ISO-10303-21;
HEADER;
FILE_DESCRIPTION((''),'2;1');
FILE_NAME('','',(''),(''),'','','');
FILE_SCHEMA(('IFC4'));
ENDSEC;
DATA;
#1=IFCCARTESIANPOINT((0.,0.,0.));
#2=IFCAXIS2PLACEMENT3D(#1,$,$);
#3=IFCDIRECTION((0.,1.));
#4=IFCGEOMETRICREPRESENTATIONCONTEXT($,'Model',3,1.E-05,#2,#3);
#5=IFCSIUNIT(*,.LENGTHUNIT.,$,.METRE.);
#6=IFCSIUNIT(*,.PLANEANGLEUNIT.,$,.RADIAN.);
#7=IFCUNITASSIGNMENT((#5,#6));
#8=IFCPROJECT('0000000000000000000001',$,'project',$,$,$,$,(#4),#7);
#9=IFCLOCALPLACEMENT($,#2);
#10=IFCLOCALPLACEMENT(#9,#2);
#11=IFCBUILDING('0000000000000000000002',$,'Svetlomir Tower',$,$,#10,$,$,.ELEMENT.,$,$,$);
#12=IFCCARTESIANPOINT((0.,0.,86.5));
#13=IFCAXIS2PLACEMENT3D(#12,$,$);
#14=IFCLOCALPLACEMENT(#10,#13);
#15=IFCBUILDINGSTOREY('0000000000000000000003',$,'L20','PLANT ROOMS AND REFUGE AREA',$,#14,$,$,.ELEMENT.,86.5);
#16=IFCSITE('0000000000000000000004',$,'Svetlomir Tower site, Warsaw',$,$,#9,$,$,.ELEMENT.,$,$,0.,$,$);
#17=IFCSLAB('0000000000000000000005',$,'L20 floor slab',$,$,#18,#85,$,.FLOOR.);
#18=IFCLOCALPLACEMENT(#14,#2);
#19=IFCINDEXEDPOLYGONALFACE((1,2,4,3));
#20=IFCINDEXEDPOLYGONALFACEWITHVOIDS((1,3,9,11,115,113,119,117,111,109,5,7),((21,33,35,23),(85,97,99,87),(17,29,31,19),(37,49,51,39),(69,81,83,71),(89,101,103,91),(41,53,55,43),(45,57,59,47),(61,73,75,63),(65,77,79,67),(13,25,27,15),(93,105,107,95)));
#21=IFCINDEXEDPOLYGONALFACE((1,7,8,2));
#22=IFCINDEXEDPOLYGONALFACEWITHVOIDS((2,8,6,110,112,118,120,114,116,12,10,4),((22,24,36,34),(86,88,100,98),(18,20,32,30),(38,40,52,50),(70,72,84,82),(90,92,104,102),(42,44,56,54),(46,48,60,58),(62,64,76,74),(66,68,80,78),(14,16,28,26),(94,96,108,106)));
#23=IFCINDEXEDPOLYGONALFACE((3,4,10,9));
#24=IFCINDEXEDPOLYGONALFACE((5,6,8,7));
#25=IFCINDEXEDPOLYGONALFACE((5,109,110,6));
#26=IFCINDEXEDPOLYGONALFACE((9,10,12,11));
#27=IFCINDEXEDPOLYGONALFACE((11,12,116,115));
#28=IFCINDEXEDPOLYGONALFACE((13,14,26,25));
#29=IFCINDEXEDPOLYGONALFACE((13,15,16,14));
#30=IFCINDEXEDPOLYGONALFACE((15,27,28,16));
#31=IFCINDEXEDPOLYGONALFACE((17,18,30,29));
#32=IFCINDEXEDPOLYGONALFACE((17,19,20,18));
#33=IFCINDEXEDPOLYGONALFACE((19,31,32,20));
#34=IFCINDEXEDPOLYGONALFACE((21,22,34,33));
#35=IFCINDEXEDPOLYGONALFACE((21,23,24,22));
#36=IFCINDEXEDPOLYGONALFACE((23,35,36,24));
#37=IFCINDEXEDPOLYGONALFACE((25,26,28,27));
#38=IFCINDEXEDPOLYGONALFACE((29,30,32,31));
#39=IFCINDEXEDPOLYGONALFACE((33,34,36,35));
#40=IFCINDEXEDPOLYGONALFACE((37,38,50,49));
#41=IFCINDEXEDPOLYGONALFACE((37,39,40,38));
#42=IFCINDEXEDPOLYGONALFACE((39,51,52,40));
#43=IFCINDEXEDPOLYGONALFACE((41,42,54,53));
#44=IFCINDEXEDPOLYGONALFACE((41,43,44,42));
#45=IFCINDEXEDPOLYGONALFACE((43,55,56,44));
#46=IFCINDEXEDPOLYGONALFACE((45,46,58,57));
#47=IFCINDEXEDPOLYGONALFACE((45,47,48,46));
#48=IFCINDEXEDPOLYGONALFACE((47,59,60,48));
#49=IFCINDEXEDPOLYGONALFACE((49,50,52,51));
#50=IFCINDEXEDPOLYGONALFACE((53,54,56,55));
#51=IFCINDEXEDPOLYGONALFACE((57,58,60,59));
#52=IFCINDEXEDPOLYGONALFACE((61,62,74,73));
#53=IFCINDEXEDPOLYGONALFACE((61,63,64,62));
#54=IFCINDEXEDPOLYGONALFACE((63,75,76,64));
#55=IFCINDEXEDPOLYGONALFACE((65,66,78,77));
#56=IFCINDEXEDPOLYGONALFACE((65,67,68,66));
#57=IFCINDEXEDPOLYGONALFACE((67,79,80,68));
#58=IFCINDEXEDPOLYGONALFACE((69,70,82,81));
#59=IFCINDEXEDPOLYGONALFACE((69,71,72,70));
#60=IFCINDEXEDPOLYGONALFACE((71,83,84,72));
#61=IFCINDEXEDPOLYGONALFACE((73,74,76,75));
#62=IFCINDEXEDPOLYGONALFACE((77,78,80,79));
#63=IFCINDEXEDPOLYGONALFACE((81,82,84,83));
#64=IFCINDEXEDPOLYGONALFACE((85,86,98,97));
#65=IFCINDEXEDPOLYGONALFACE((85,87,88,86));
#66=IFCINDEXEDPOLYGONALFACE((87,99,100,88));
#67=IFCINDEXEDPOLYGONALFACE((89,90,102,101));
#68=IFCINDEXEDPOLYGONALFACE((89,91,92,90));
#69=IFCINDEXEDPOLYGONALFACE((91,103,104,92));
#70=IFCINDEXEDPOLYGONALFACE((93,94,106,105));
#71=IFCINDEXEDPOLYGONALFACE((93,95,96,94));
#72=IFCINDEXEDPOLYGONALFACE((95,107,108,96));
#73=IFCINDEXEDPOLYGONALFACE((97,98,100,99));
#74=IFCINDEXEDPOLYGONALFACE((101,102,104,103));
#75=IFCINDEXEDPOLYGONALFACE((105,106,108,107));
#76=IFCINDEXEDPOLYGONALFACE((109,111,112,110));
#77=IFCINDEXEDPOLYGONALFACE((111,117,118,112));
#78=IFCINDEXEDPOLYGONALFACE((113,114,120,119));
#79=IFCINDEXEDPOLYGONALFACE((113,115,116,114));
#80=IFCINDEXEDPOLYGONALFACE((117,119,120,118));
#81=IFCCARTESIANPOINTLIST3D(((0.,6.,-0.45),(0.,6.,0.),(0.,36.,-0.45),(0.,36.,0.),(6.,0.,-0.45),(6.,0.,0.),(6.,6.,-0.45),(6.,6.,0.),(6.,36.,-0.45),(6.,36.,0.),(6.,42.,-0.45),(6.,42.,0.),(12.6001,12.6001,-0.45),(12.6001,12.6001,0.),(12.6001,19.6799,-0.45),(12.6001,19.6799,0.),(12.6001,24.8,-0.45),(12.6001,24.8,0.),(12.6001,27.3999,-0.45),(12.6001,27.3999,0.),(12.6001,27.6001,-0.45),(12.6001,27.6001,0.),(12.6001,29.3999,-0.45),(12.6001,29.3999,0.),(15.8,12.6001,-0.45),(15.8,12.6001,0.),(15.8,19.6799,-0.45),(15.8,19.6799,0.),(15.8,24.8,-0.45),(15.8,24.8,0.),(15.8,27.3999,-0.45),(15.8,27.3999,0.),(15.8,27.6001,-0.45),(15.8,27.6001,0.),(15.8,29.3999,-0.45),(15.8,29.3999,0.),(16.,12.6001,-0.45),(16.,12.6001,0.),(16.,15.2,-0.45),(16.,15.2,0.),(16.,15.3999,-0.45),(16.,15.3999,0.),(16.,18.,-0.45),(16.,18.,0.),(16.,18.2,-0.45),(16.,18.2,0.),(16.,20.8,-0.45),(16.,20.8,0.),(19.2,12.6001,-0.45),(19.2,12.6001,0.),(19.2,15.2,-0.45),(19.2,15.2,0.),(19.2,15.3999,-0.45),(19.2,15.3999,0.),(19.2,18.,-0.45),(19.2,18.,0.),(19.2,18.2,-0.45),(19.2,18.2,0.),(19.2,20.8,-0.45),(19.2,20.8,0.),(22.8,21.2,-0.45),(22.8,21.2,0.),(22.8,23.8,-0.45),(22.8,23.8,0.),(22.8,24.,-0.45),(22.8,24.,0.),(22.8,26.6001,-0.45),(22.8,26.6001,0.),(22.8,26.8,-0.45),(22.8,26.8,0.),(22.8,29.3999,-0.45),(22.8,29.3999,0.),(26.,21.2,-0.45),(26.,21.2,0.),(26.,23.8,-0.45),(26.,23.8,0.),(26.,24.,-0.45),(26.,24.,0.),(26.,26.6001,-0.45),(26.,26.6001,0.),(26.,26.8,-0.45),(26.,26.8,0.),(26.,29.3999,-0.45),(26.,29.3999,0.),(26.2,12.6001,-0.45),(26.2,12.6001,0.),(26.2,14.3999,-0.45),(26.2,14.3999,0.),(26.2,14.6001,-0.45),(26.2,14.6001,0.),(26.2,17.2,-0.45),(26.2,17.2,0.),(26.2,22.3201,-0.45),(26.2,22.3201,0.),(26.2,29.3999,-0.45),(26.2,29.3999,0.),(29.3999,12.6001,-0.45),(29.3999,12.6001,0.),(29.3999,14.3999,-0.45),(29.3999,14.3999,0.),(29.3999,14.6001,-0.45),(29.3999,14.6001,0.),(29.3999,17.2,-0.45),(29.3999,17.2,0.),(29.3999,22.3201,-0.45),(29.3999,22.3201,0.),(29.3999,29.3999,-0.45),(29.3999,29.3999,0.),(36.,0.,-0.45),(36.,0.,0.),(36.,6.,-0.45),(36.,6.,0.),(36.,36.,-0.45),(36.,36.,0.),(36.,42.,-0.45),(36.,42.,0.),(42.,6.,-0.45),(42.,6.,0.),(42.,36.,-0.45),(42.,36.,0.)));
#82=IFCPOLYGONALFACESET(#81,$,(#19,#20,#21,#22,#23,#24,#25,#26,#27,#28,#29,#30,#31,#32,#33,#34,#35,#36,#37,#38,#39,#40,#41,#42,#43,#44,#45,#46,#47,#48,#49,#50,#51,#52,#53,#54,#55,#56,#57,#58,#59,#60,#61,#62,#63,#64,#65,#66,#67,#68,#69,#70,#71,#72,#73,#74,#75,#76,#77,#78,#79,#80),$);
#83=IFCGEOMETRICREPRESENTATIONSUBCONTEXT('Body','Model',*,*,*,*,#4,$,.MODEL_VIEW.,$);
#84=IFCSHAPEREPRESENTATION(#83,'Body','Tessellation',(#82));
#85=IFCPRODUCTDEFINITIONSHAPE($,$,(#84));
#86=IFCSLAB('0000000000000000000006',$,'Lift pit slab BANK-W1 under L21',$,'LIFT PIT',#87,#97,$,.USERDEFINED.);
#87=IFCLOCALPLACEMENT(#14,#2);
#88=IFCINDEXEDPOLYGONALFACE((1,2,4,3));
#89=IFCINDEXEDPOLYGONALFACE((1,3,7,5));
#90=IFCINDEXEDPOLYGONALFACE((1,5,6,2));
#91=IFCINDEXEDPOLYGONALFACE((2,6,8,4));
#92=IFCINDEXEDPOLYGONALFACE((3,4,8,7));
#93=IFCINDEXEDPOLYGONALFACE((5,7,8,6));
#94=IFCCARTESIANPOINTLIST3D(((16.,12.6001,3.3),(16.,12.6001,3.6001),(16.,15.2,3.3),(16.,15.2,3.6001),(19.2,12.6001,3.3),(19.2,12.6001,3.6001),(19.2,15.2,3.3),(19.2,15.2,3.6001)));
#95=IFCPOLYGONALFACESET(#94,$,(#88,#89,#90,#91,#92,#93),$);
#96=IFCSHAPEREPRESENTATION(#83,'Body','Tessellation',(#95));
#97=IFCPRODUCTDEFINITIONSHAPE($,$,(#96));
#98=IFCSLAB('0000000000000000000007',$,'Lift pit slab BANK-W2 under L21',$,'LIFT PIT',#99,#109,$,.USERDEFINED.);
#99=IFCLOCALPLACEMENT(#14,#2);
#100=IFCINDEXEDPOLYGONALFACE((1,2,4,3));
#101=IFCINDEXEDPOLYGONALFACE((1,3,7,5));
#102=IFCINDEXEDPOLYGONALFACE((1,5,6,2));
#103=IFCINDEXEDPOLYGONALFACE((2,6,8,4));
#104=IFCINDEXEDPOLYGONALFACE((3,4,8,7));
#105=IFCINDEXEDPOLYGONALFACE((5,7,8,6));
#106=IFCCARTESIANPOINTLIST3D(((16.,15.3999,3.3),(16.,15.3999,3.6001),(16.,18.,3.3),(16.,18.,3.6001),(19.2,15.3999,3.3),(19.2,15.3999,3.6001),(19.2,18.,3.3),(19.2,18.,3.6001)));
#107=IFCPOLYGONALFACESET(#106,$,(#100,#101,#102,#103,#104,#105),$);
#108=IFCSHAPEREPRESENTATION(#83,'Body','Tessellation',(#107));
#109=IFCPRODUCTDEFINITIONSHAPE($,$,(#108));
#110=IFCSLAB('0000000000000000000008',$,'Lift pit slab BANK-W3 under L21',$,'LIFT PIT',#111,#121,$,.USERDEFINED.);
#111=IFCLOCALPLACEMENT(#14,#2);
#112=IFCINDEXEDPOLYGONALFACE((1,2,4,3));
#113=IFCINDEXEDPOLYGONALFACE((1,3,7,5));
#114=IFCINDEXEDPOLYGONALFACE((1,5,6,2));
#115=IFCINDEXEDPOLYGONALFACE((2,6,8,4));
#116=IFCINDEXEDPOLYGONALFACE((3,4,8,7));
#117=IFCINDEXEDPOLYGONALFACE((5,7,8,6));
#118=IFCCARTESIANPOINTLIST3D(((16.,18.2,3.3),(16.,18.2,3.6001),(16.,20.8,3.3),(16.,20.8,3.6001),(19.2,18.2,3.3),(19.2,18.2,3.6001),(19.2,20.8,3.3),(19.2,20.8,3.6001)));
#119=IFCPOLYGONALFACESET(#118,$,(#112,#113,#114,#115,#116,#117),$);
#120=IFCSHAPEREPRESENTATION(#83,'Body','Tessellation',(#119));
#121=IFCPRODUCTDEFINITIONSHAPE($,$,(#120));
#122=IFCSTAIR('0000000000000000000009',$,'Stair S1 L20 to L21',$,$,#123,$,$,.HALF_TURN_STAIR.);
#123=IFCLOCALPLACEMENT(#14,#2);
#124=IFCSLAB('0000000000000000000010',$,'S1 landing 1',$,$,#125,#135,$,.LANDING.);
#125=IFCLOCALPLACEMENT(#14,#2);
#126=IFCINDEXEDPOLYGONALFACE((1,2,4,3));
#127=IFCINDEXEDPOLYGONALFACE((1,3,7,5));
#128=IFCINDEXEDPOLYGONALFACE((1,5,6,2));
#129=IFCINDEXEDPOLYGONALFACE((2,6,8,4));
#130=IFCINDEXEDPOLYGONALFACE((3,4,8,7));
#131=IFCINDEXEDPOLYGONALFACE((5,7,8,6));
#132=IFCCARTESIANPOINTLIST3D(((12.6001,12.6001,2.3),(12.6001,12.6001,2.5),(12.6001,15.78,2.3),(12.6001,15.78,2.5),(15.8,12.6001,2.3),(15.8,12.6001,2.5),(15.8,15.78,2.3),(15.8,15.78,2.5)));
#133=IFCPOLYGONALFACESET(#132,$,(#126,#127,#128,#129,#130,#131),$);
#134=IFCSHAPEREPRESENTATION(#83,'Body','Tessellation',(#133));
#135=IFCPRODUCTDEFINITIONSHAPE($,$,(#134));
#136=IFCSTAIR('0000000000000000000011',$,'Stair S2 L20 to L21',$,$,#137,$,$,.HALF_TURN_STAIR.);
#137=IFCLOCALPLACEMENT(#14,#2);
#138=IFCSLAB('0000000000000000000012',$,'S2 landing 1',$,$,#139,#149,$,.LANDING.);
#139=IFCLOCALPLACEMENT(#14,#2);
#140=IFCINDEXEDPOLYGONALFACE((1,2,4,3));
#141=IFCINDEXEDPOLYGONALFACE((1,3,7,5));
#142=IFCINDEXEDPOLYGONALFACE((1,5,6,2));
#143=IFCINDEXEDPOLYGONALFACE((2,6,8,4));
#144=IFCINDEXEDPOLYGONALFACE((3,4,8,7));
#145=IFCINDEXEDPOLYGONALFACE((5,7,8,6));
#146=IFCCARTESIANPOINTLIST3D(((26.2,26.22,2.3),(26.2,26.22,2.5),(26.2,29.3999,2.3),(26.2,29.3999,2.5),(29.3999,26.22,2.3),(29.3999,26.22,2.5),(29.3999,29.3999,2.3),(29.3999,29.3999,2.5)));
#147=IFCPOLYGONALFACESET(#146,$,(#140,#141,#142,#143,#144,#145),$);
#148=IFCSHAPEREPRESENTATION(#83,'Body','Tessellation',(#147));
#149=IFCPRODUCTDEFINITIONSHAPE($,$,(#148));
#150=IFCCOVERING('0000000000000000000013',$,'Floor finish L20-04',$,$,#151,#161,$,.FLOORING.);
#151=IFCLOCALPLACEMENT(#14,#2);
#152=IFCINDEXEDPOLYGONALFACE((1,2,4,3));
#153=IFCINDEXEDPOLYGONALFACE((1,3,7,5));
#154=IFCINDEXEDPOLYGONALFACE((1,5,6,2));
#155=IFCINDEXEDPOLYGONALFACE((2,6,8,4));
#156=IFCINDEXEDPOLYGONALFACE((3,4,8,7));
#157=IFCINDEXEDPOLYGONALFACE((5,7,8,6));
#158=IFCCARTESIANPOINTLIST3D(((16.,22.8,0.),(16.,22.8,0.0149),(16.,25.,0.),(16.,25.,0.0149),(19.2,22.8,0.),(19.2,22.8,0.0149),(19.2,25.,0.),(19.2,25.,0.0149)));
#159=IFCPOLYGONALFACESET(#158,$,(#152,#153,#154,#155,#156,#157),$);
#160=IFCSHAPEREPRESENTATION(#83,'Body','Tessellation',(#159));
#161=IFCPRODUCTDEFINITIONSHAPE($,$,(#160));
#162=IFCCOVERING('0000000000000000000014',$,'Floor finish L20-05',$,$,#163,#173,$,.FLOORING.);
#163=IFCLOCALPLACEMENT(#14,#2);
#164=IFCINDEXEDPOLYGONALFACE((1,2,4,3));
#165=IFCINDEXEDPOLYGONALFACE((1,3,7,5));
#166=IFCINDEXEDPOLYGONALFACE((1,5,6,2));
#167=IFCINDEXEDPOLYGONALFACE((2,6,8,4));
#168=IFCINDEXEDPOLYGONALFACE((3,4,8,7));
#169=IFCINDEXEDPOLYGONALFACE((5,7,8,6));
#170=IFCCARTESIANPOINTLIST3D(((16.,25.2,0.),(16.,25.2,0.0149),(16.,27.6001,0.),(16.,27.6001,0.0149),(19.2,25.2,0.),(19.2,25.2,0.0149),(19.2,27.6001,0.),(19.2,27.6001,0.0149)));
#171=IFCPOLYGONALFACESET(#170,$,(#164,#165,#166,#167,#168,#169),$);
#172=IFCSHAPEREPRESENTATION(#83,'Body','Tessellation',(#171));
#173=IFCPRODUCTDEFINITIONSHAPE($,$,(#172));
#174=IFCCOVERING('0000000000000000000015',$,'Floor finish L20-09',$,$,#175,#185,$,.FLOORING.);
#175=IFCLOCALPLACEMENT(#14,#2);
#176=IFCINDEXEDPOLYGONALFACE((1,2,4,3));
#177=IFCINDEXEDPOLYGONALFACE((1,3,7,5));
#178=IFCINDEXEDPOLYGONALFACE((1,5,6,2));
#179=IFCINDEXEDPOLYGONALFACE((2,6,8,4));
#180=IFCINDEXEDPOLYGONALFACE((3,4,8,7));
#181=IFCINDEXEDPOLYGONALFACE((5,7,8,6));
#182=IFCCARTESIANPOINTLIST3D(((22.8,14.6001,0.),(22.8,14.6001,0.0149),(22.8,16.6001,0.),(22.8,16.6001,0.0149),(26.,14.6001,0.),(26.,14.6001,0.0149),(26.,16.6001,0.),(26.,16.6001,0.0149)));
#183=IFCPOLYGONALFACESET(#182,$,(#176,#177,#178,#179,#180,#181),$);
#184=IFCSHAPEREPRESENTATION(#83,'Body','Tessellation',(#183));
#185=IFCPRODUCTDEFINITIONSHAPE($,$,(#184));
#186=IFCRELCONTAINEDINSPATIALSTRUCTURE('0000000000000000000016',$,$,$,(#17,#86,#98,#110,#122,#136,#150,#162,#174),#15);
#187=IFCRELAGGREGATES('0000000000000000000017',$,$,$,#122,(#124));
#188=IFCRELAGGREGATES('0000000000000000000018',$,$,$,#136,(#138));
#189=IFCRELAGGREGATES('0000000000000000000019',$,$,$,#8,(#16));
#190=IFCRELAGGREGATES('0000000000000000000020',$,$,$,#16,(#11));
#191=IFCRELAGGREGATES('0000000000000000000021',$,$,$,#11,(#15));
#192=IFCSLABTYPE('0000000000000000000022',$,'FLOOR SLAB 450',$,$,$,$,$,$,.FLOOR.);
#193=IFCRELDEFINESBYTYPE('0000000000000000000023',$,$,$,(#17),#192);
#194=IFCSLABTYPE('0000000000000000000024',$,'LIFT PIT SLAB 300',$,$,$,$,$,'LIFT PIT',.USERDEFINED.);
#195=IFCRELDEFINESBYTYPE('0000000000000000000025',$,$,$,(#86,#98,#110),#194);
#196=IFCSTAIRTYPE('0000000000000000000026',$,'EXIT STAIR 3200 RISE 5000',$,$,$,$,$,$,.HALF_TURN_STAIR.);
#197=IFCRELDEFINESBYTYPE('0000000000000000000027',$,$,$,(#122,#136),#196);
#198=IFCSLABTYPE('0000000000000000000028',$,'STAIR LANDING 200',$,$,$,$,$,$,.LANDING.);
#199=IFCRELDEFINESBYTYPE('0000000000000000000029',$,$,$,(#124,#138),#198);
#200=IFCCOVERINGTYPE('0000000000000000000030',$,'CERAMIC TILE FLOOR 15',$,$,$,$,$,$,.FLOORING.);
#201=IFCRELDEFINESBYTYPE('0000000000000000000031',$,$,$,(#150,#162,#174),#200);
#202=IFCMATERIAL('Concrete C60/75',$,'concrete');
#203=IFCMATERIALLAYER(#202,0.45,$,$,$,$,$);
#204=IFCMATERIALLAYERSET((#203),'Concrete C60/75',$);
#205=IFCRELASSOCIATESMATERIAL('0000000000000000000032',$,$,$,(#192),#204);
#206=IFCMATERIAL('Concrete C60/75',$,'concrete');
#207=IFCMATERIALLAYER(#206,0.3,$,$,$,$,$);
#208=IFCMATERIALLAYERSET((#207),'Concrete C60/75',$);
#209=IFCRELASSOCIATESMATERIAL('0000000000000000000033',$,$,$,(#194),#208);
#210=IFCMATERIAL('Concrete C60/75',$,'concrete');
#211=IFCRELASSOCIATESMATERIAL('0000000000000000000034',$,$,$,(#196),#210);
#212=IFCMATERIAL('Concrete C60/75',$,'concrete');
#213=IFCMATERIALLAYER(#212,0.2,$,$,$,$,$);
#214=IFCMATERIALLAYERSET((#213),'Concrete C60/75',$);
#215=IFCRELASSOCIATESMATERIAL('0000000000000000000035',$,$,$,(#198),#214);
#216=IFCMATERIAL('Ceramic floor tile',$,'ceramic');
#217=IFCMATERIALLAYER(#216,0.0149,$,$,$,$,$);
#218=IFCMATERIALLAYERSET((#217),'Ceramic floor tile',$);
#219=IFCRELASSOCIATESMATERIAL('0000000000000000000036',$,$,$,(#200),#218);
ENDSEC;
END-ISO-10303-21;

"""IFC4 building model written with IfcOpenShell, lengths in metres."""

from ifc_helpers import new_model, si_unit, direction, frame, origin, place, context, subcontext, project, spatial, polyline, outline, extrude, material, layer, layer_set, type_object, element, aggregate, save


model = new_model("IFC4")

# Units and contexts
model_context = context("Model", 3, precision=1e-05, world=origin(), true_north=direction((0.0, 1.0)))
body_context = subcontext(model_context, "Body", "Model", "MODEL_VIEW")
ifc_project = project(units=[si_unit("LENGTHUNIT", "METRE"), si_unit("PLANEANGLEUNIT", "RADIAN")], contexts=[model_context])

# Site, building, storey
site_placement = place(None, origin())
site = spatial("IfcSite", under=ifc_project, at=site_placement, Name="Svetlomir Tower site, Warsaw", CompositionType="ELEMENT", RefElevation=0.0)
building_placement = place(site_placement, origin())
building = spatial("IfcBuilding", under=site, at=building_placement, Name="Svetlomir Tower", CompositionType="ELEMENT")
storey_placement = place(building_placement, frame((0.0, 0.0, 86.5)))
storey = spatial("IfcBuildingStorey", under=building, at=storey_placement, Name="L20", Description="PLANT ROOMS AND REFUGE AREA", CompositionType="ELEMENT", Elevation=86.5)

# Slabs
ifc_material_1 = material(Name="Concrete C60/75", Category="concrete")
ifc_layer_1 = layer(ifc_material_1, 0.45)
ifc_layer_set_1 = layer_set([ifc_layer_1], Name="Concrete C60/75")
slab_type_1 = type_object("IfcSlabType", Name="FLOOR SLAB 450", PredefinedType="FLOOR", material=ifc_layer_set_1)
slab_1_placement = place(storey_placement, frame((0.0, 0.0, -0.45)))
element("IfcSlab", 1, at=slab_1_placement, inside=storey, type_object=slab_type_1, Name="L20 floor slab", PredefinedType="FLOOR", context=body_context, shape_type="SweptSolid", body=[
    extrude(outline(polyline([(6.0, 0.0), (36.0, 0.0), (36.0, 6.0), (42.0, 6.0), (42.0, 36.0), (36.0, 36.0), (36.0, 42.0), (6.0, 42.0), (6.0, 36.0), (0.0, 36.0), (0.0, 6.0), (6.0, 6.0), (6.0, 0.0)]), holes=[polyline([(12.6001, 24.8), (15.8, 24.8), (15.8, 27.3999), (12.6001, 27.3999), (12.6001, 24.8)]), polyline([(26.2, 14.6001), (29.3999, 14.6001), (29.3999, 17.2), (26.2, 17.2), (26.2, 14.6001)]), polyline([(16.0, 12.6001), (19.2, 12.6001), (19.2, 15.2), (16.0, 15.2), (16.0, 12.6001)]), polyline([(16.0, 15.3999), (19.2, 15.3999), (19.2, 18.0), (16.0, 18.0), (16.0, 15.3999)]), polyline([(16.0, 18.2), (19.2, 18.2), (19.2, 20.8), (16.0, 20.8), (16.0, 18.2)]), polyline([(22.8, 21.2), (26.0, 21.2), (26.0, 23.8), (22.8, 23.8), (22.8, 21.2)]), polyline([(22.8, 24.0), (26.0, 24.0), (26.0, 26.6001), (22.8, 26.6001), (22.8, 24.0)]), polyline([(22.8, 26.8), (26.0, 26.8), (26.0, 29.3999), (22.8, 29.3999), (22.8, 26.8)]), polyline([(12.6001, 27.6001), (15.8, 27.6001), (15.8, 29.3999), (12.6001, 29.3999), (12.6001, 27.6001)]), polyline([(26.2, 12.6001), (29.3999, 12.6001), (29.3999, 14.3999), (26.2, 14.3999), (26.2, 12.6001)]), polyline([(12.6001, 12.6001), (15.8, 12.6001), (15.8, 19.6799), (12.6001, 19.6799), (12.6001, 12.6001)]), polyline([(26.2, 22.3201), (29.3999, 22.3201), (29.3999, 29.3999), (26.2, 29.3999), (26.2, 22.3201)])]), origin(), (0.0, 0.0, 1.0), 0.45),
])
ifc_material_2 = material(Name="Concrete C60/75", Category="concrete")
ifc_layer_2 = layer(ifc_material_2, 0.3)
ifc_layer_set_2 = layer_set([ifc_layer_2], Name="Concrete C60/75")
slab_type_2 = type_object("IfcSlabType", Name="LIFT PIT SLAB 300", ElementType="LIFT PIT", PredefinedType="USERDEFINED", material=ifc_layer_set_2)
slab_2_placement = place(storey_placement, frame((0.0, 0.0, 3.3)))
element("IfcSlab", 2, at=slab_2_placement, inside=storey, type_object=slab_type_2, Name="Lift pit slab BANK-W1 under L21", ObjectType="LIFT PIT", PredefinedType="USERDEFINED", context=body_context, shape_type="SweptSolid", body=[
    extrude(outline(polyline([(16.0, 12.6001), (19.2, 12.6001), (19.2, 15.2), (16.0, 15.2), (16.0, 12.6001)])), origin(), (0.0, 0.0, 1.0), 0.3),
])
slab_3_placement = place(storey_placement, frame((0.0, 0.0, 3.3)))
element("IfcSlab", 3, at=slab_3_placement, inside=storey, type_object=slab_type_2, Name="Lift pit slab BANK-W2 under L21", ObjectType="LIFT PIT", PredefinedType="USERDEFINED", context=body_context, shape_type="SweptSolid", body=[
    extrude(outline(polyline([(16.0, 15.3999), (19.2, 15.3999), (19.2, 18.0), (16.0, 18.0), (16.0, 15.3999)])), origin(), (0.0, 0.0, 1.0), 0.3),
])
slab_4_placement = place(storey_placement, frame((0.0, 0.0, 3.3)))
element("IfcSlab", 4, at=slab_4_placement, inside=storey, type_object=slab_type_2, Name="Lift pit slab BANK-W3 under L21", ObjectType="LIFT PIT", PredefinedType="USERDEFINED", context=body_context, shape_type="SweptSolid", body=[
    extrude(outline(polyline([(16.0, 18.2), (19.2, 18.2), (19.2, 20.8), (16.0, 20.8), (16.0, 18.2)])), origin(), (0.0, 0.0, 1.0), 0.3),
])

# Stairs, slabs
ifc_material_3 = material(Name="Concrete C60/75", Category="concrete")
stair_type = type_object("IfcStairType", Name="EXIT STAIR 3200 RISE 5000", PredefinedType="HALF_TURN_STAIR", material=ifc_material_3)
stair_1_placement = place(storey_placement, origin())
stair_1 = element("IfcStair", 5, at=stair_1_placement, inside=storey, type_object=stair_type, Name="Stair S1 L20 to L21", PredefinedType="HALF_TURN_STAIR")
ifc_material_4 = material(Name="Concrete C60/75", Category="concrete")
ifc_layer_3 = layer(ifc_material_4, 0.2)
ifc_layer_set_3 = layer_set([ifc_layer_3], Name="Concrete C60/75")
slab_type_3 = type_object("IfcSlabType", Name="STAIR LANDING 200", PredefinedType="LANDING", material=ifc_layer_set_3)
slab_5_placement = place(storey_placement, frame((0.0, 0.0, 2.3)))
slab_5 = element("IfcSlab", 6, at=slab_5_placement, type_object=slab_type_3, Name="S1 landing 1", PredefinedType="LANDING", context=body_context, shape_type="SweptSolid", body=[
    extrude(outline(polyline([(12.6001, 12.6001), (15.8, 12.6001), (15.8, 15.78), (12.6001, 15.78), (12.6001, 12.6001)])), origin(), (0.0, 0.0, 1.0), 0.2),
])
aggregate(stair_1, [slab_5])
stair_2_placement = place(storey_placement, origin())
stair_2 = element("IfcStair", 7, at=stair_2_placement, inside=storey, type_object=stair_type, Name="Stair S2 L20 to L21", PredefinedType="HALF_TURN_STAIR")
slab_6_placement = place(storey_placement, frame((0.0, 0.0, 2.3)))
slab_6 = element("IfcSlab", 8, at=slab_6_placement, type_object=slab_type_3, Name="S2 landing 1", PredefinedType="LANDING", context=body_context, shape_type="SweptSolid", body=[
    extrude(outline(polyline([(26.2, 26.22), (29.3999, 26.22), (29.3999, 29.3999), (26.2, 29.3999), (26.2, 26.22)])), origin(), (0.0, 0.0, 1.0), 0.2),
])
aggregate(stair_2, [slab_6])

# Coverings
ifc_material_5 = material(Name="Ceramic floor tile", Category="ceramic")
ifc_layer_4 = layer(ifc_material_5, 0.0149)
ifc_layer_set_4 = layer_set([ifc_layer_4], Name="Ceramic floor tile")
covering_type_1 = type_object("IfcCoveringType", Name="CERAMIC TILE FLOOR 15", PredefinedType="FLOORING", material=ifc_layer_set_4)
covering_1_placement = place(storey_placement, origin())
element("IfcCovering", 9, at=covering_1_placement, inside=storey, type_object=covering_type_1, Name="Floor finish L20-04", PredefinedType="FLOORING", context=body_context, shape_type="SweptSolid", body=[
    extrude(outline(polyline([(16.0, 22.8), (19.2, 22.8), (19.2, 25.0), (16.0, 25.0), (16.0, 22.8)])), origin(), (0.0, 0.0, 1.0), 0.0149),
])
covering_2_placement = place(storey_placement, origin())
element("IfcCovering", 10, at=covering_2_placement, inside=storey, type_object=covering_type_1, Name="Floor finish L20-05", PredefinedType="FLOORING", context=body_context, shape_type="SweptSolid", body=[
    extrude(outline(polyline([(16.0, 25.2), (19.2, 25.2), (19.2, 27.6001), (16.0, 27.6001), (16.0, 25.2)])), origin(), (0.0, 0.0, 1.0), 0.0149),
])
covering_3_placement = place(storey_placement, origin())
element("IfcCovering", 11, at=covering_3_placement, inside=storey, type_object=covering_type_1, Name="Floor finish L20-09", PredefinedType="FLOORING", context=body_context, shape_type="SweptSolid", body=[
    extrude(outline(polyline([(22.8, 14.6001), (26.0, 14.6001), (26.0, 16.6001), (22.8, 16.6001), (22.8, 14.6001)])), origin(), (0.0, 0.0, 1.0), 0.0149),
])

save(model, "model.ifc")
